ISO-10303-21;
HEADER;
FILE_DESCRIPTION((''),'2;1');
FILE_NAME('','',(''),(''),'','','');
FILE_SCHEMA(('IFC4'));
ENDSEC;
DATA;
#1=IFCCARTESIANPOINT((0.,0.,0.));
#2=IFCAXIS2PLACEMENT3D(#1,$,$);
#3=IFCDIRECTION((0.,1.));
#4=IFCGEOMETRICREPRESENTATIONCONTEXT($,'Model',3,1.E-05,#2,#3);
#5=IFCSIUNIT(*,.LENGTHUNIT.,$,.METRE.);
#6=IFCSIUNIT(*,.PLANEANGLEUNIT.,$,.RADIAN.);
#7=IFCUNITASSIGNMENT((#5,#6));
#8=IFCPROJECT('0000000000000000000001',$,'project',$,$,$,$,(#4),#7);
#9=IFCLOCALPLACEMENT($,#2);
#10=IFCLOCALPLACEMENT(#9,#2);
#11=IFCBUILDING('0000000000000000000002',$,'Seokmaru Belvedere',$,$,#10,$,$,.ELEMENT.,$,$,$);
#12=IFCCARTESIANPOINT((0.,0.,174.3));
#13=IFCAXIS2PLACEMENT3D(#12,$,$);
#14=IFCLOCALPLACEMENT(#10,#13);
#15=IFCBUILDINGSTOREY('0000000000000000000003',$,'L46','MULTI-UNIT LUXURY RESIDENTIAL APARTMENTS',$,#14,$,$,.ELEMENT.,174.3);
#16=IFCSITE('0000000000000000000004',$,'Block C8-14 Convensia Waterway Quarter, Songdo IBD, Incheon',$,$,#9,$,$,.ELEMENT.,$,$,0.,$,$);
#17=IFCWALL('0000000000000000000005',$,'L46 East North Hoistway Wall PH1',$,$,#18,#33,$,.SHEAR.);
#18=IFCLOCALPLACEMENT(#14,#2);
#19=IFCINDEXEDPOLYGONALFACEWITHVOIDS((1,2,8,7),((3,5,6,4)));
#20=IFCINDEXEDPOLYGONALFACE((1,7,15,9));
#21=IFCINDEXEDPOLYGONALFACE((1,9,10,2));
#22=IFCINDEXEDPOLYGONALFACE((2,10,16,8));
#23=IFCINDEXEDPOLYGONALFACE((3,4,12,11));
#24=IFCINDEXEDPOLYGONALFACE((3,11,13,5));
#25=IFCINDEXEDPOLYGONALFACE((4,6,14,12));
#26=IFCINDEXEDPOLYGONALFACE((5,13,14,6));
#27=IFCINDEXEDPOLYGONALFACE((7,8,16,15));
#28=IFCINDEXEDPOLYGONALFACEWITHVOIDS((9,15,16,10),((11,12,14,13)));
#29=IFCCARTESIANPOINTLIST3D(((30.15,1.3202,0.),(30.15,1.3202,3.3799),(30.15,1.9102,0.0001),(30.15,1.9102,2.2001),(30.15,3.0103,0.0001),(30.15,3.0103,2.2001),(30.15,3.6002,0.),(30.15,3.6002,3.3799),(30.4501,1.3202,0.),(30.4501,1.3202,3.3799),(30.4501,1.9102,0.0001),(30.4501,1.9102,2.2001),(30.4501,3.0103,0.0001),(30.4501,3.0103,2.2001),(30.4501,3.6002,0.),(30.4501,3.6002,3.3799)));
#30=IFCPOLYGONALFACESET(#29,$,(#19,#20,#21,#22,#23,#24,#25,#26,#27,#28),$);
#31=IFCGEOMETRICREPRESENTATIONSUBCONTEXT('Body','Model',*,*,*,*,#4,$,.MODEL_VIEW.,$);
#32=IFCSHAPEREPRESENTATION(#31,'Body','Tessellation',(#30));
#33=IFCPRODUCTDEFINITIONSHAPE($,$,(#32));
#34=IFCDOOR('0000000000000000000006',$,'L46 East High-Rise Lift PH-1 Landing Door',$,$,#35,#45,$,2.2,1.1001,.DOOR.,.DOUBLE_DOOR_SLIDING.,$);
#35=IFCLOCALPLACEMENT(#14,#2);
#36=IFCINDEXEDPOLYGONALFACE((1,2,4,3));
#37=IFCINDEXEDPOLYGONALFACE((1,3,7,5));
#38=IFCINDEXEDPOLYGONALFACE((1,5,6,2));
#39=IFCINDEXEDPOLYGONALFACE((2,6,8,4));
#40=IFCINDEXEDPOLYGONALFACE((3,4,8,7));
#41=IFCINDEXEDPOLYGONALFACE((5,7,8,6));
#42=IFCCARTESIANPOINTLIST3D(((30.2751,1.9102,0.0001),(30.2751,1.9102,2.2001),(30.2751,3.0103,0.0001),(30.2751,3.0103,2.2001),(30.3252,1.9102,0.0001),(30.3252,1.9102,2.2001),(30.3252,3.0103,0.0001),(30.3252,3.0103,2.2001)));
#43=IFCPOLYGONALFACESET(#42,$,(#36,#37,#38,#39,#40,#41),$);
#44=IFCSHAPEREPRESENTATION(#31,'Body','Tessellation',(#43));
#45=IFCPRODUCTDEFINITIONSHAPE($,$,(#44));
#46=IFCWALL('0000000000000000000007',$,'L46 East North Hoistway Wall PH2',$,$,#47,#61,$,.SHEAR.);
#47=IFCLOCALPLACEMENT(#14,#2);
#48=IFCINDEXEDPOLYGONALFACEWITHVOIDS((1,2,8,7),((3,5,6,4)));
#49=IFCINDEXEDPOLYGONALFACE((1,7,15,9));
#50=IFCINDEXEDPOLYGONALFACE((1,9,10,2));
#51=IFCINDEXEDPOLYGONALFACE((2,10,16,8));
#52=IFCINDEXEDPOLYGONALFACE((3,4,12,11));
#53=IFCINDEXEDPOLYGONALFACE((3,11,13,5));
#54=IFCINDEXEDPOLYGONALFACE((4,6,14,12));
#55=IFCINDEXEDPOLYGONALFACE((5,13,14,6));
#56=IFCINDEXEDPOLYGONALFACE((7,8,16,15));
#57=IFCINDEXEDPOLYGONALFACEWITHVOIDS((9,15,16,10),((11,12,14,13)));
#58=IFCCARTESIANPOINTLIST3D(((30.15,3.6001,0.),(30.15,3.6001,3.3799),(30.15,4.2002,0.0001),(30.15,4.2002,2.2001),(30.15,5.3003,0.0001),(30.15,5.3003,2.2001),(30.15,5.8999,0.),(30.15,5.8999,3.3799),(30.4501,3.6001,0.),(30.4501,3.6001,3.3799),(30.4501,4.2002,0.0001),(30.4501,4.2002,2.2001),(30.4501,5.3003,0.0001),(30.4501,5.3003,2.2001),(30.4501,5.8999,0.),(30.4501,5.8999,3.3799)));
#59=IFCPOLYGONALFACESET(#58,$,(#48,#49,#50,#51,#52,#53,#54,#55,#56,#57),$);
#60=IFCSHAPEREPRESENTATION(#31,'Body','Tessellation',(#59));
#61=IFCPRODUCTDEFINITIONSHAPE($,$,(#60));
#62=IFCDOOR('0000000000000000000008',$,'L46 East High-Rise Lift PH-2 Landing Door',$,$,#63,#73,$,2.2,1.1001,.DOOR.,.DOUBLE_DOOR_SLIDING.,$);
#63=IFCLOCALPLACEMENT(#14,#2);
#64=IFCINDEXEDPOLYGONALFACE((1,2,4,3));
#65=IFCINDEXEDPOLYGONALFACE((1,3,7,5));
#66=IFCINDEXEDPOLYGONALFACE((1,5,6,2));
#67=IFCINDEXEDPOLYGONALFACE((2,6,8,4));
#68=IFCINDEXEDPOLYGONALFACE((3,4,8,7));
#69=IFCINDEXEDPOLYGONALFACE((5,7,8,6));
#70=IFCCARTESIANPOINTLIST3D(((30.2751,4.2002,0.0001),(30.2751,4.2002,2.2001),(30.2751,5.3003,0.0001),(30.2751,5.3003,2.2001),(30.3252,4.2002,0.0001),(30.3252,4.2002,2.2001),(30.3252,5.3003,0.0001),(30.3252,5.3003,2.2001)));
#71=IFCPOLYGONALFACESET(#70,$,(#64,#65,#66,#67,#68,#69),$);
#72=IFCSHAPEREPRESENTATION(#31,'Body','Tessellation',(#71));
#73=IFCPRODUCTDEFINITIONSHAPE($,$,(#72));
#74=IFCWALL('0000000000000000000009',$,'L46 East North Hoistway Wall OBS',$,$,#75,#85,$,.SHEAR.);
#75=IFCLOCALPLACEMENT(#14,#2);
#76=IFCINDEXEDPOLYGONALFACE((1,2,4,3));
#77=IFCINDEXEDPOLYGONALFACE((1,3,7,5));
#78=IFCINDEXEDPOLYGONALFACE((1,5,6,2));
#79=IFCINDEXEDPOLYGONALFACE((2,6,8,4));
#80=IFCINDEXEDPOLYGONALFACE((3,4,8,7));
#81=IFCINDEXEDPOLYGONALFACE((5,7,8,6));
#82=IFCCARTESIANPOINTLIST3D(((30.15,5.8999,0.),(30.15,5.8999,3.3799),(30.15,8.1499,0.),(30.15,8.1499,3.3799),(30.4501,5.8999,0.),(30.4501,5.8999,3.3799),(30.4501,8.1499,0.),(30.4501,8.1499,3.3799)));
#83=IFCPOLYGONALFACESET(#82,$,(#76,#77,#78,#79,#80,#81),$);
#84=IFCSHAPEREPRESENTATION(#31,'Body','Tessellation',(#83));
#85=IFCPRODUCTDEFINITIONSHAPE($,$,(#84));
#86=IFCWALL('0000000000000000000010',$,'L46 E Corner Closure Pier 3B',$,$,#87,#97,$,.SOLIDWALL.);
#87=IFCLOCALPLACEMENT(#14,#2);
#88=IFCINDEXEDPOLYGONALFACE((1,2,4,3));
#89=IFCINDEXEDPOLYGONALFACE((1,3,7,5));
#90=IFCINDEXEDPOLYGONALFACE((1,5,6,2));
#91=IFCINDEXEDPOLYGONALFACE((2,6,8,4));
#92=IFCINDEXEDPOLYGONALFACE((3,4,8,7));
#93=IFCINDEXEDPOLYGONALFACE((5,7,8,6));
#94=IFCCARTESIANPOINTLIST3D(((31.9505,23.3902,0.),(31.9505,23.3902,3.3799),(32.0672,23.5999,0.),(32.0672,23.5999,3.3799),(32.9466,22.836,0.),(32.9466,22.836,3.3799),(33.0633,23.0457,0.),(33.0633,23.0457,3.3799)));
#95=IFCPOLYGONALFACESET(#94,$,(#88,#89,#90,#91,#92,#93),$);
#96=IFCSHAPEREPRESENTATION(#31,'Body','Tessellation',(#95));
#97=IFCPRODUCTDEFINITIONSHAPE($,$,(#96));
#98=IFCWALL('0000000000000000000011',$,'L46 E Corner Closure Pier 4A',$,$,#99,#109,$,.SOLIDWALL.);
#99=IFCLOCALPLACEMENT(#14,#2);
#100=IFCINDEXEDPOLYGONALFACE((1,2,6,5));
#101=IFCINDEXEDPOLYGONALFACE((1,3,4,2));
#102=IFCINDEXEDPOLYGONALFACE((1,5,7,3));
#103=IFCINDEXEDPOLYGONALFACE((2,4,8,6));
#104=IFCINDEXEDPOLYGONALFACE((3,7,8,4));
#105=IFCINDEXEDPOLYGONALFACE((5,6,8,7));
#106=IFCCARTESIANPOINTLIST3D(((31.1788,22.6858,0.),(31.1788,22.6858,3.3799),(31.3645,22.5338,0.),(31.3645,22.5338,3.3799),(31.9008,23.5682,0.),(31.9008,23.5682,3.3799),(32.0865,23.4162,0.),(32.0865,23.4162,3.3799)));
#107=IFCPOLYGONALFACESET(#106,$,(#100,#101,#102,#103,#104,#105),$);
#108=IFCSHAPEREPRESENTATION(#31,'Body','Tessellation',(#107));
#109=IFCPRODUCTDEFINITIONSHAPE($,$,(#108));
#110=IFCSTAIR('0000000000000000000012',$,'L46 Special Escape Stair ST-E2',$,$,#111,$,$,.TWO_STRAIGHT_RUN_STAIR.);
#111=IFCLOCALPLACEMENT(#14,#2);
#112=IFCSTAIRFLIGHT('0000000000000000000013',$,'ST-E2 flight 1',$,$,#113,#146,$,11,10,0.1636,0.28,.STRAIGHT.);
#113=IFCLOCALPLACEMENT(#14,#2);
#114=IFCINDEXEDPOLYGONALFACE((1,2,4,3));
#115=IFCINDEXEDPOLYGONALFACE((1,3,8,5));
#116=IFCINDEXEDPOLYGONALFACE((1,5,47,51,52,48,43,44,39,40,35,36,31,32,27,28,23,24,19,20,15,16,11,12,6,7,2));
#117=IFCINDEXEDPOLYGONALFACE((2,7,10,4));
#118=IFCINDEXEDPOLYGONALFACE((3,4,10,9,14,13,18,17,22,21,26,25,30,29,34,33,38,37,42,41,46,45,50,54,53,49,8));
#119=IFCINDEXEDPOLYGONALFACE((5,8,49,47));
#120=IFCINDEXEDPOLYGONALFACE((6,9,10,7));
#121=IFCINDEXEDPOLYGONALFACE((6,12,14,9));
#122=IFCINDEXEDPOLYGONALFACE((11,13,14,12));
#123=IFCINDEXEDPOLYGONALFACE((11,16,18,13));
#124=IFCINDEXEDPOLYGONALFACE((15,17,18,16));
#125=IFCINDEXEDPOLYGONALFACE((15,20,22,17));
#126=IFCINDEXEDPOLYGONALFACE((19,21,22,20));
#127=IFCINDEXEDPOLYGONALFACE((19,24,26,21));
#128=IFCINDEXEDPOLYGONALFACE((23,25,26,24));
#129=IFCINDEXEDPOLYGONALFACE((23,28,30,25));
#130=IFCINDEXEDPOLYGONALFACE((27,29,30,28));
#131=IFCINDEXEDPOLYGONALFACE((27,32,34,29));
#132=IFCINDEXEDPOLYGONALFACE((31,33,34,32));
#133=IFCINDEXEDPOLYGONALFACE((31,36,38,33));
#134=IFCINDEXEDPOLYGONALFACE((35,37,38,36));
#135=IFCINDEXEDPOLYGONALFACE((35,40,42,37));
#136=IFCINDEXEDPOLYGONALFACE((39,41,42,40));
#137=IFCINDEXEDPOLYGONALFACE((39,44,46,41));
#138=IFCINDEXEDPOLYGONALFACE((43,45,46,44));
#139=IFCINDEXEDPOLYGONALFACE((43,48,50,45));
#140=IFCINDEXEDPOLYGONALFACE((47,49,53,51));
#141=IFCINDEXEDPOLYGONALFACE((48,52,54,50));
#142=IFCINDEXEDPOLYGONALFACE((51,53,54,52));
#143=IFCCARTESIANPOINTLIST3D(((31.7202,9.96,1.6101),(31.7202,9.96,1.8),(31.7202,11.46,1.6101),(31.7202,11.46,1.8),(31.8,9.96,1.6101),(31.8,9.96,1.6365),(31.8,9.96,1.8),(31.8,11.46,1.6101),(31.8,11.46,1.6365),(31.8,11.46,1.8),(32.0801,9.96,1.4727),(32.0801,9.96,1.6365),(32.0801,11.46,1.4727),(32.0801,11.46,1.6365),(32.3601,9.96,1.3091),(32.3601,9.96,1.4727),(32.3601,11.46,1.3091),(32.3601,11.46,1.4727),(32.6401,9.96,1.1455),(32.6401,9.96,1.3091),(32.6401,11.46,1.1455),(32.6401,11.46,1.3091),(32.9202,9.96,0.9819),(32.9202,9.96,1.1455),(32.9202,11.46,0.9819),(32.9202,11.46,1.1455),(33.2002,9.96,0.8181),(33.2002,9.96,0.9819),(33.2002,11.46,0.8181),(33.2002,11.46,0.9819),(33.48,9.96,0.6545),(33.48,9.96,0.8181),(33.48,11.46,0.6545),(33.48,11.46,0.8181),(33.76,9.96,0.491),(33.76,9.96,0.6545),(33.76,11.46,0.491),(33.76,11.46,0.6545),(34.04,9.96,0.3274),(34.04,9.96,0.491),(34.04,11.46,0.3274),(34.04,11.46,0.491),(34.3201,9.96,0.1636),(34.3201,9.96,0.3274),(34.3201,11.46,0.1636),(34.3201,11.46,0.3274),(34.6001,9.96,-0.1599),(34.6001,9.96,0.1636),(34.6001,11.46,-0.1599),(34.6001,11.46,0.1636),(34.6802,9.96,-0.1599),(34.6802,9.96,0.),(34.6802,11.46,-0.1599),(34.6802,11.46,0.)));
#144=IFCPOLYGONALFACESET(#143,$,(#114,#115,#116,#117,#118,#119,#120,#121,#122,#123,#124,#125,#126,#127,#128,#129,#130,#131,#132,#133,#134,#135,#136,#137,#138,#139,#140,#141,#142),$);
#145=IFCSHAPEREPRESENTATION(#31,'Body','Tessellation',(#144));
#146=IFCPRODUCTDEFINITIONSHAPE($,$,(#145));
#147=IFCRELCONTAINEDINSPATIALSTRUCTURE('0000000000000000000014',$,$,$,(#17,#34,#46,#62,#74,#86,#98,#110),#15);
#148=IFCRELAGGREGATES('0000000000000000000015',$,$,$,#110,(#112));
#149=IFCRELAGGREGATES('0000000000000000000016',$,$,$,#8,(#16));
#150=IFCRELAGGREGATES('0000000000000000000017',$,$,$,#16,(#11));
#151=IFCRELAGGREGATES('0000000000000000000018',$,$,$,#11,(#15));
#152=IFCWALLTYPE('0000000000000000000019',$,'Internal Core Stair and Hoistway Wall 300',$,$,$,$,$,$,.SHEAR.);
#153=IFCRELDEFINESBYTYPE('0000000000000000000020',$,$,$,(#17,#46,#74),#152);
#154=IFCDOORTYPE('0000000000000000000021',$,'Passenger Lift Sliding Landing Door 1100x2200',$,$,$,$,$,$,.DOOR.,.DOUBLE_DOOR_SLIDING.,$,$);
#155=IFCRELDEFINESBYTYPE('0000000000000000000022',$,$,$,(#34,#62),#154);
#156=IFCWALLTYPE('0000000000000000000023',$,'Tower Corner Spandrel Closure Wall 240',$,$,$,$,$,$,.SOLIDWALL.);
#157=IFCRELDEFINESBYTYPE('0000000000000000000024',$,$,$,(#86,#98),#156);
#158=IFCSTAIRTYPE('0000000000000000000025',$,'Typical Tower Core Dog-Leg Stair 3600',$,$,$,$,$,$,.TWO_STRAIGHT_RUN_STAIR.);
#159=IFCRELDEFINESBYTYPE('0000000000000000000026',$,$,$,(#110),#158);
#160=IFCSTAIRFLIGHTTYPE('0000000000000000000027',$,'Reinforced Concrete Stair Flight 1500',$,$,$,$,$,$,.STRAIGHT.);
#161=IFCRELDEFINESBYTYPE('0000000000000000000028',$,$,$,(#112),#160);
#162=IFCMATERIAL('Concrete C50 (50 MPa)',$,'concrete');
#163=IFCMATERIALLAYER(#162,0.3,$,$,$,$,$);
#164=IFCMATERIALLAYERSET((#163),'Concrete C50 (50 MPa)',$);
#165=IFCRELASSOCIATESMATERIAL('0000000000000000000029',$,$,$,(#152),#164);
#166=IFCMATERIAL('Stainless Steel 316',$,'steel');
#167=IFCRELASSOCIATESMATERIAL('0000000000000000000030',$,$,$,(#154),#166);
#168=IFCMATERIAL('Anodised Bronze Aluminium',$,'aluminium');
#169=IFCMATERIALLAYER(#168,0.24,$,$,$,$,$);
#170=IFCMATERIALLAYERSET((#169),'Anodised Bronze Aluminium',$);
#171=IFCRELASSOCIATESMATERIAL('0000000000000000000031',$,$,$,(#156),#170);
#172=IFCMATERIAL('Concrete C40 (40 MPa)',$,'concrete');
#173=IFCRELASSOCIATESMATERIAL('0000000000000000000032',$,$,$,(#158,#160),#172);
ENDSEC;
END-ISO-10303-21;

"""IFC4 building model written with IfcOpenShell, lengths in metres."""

from ifc_helpers import new_model, si_unit, direction, frame, frame_2d, origin, place, context, subcontext, project, spatial, polyline, rectangle, outline, extrude, source, transform, mapped, material, layer, layer_set, type_object, type_shapes, element, fill, aggregate, save


model = new_model("IFC4")

# Units and contexts
model_context = context("Model", 3, precision=1e-05, world=origin(), true_north=direction((0.0, 1.0)))
body_context = subcontext(model_context, "Body", "Model", "MODEL_VIEW")
ifc_project = project(units=[si_unit("LENGTHUNIT", "METRE"), si_unit("PLANEANGLEUNIT", "RADIAN")], contexts=[model_context])

# Site, building, storey
site_placement = place(None, origin())
site = spatial("IfcSite", under=ifc_project, at=site_placement, Name="Block C8-14 Convensia Waterway Quarter, Songdo IBD, Incheon", CompositionType="ELEMENT", RefElevation=0.0)
building_placement = place(site_placement, origin())
building = spatial("IfcBuilding", under=site, at=building_placement, Name="Seokmaru Belvedere", CompositionType="ELEMENT")
storey_placement = place(building_placement, frame((0.0, 0.0, 174.3)))
storey = spatial("IfcBuildingStorey", under=building, at=storey_placement, Name="L46", Description="MULTI-UNIT LUXURY RESIDENTIAL APARTMENTS", CompositionType="ELEMENT", Elevation=174.3)

# Shared definitions
ifc_material_1 = material(Name="Anodised Bronze Aluminium", Category="aluminium")

# Walls, openings, doors
ifc_material_2 = material(Name="Concrete C50 (50 MPa)", Category="concrete")
ifc_layer_1 = layer(ifc_material_2, 0.3)
ifc_layer_set_1 = layer_set([ifc_layer_1], Name="Concrete C50 (50 MPa)")
wall_type_1 = type_object("IfcWallType", Name="Internal Core Stair and Hoistway Wall 300", PredefinedType="SHEAR", material=ifc_layer_set_1)
wall_1_placement = place(storey_placement, frame((30.3, 1.3201, 0.0), z_axis=(0.0, 0.0, 1.0), x_axis=(0.0, 1.0, 0.0)))
wall_1 = element("IfcWall", 1, at=wall_1_placement, inside=storey, type_object=wall_type_1, Name="L46 East North Hoistway Wall PH1", PredefinedType="SHEAR", context=body_context, shape_type="SweptSolid", body=[
    extrude(rectangle(XDim=2.28, YDim=0.3, at=frame_2d((1.1401, 0.0))), origin(), (0.0, 0.0, 1.0), 3.3799),
])
opening_1_placement = place(wall_1_placement, frame((0.5901, 0.0, 0.0)))
opening_1 = element("IfcOpeningElement", 2, at=opening_1_placement, cuts=wall_1, PredefinedType="OPENING", context=body_context, shape_type="SweptSolid", body=[
    extrude(rectangle(XDim=1.1001, YDim=2.2, at=frame_2d((0.55, 1.1001))), frame((0.0, 0.1602, 0.0), z_axis=(0.0, -1.0, 0.0), x_axis=(1.0, 0.0, 0.0)), (0.0, 0.0, 1.0), 0.3201),
])
ifc_material_3 = material(Name="Stainless Steel 316", Category="steel")
door_type_1 = type_object("IfcDoorType", Name="Passenger Lift Sliding Landing Door 1100x2200", OperationType="DOUBLE_DOOR_SLIDING", PredefinedType="DOOR", material=ifc_material_3)
shared_shape_1 = source(origin(), body_context, "Body", "SweptSolid", [
    extrude(rectangle(XDim=1.1001, YDim=2.2, at=frame_2d((0.55, 1.1001))), frame((0.0, 0.0249, 0.0), z_axis=(0.0, -1.0, 0.0), x_axis=(1.0, 0.0, 0.0)), (0.0, 0.0, 1.0), 0.05),
])
type_shapes(door_type_1, [shared_shape_1])
door_1_placement = place(opening_1_placement, origin())
door_1 = element("IfcDoor", 3, at=door_1_placement, inside=storey, type_object=door_type_1, Name="L46 East High-Rise Lift PH-1 Landing Door", OperationType="DOUBLE_DOOR_SLIDING", OverallHeight=2.2, OverallWidth=1.1001, PredefinedType="DOOR", context=body_context, shape_type="MappedRepresentation", body=[
    mapped(shared_shape_1, transform((0.0, 0.0, 0.0), scale=1.0)),
])
fill(opening_1, door_1)
wall_2_placement = place(storey_placement, frame((30.3, 3.6001, 0.0), z_axis=(0.0, 0.0, 1.0), x_axis=(0.0, 1.0, 0.0)))
wall_2 = element("IfcWall", 4, at=wall_2_placement, inside=storey, type_object=wall_type_1, Name="L46 East North Hoistway Wall PH2", PredefinedType="SHEAR", context=body_context, shape_type="SweptSolid", body=[
    extrude(rectangle(XDim=2.2998, YDim=0.3, at=frame_2d((1.1499, 0.0))), origin(), (0.0, 0.0, 1.0), 3.3799),
])
opening_2_placement = place(wall_2_placement, frame((0.6001, 0.0, 0.0)))
opening_2 = element("IfcOpeningElement", 5, at=opening_2_placement, cuts=wall_2, PredefinedType="OPENING", context=body_context, shape_type="SweptSolid", body=[
    extrude(rectangle(XDim=1.1001, YDim=2.2, at=frame_2d((0.55, 1.1001))), frame((0.0, 0.1602, 0.0), z_axis=(0.0, -1.0, 0.0), x_axis=(1.0, 0.0, 0.0)), (0.0, 0.0, 1.0), 0.3201),
])
door_2_placement = place(opening_2_placement, origin())
door_2 = element("IfcDoor", 6, at=door_2_placement, inside=storey, type_object=door_type_1, Name="L46 East High-Rise Lift PH-2 Landing Door", OperationType="DOUBLE_DOOR_SLIDING", OverallHeight=2.2, OverallWidth=1.1001, PredefinedType="DOOR", context=body_context, shape_type="MappedRepresentation", body=[
    mapped(shared_shape_1, transform((0.0, 0.0, 0.0), scale=1.0)),
])
fill(opening_2, door_2)

# Wall
wall_3_placement = place(storey_placement, frame((30.3, 5.8999, 0.0), z_axis=(0.0, 0.0, 1.0), x_axis=(0.0, 1.0, 0.0)))
element("IfcWall", 7, at=wall_3_placement, inside=storey, type_object=wall_type_1, Name="L46 East North Hoistway Wall OBS", PredefinedType="SHEAR", context=body_context, shape_type="SweptSolid", body=[
    extrude(rectangle(XDim=2.25, YDim=0.3, at=frame_2d((1.125, 0.0))), origin(), (0.0, 0.0, 1.0), 3.3799),
])

# Walls
ifc_layer_2 = layer(ifc_material_1, 0.24)
ifc_layer_set_2 = layer_set([ifc_layer_2], Name="Anodised Bronze Aluminium")
wall_type_2 = type_object("IfcWallType", Name="Tower Corner Spandrel Closure Wall 240", PredefinedType="SOLIDWALL", material=ifc_layer_set_2)
wall_4_placement = place(storey_placement, frame((33.0049, 22.9409, 0.0), z_axis=(0.0, 0.0, 1.0), x_axis=(-0.873854, 0.486188, 0.0)))
element("IfcWall", 8, at=wall_4_placement, inside=storey, type_object=wall_type_2, Name="L46 E Corner Closure Pier 3B", PredefinedType="SOLIDWALL", context=body_context, shape_type="SweptSolid", body=[
    extrude(rectangle(XDim=1.1399, YDim=0.24, at=frame_2d((0.5698, 0.0))), origin(), (0.0, 0.0, 1.0), 3.3799),
])
wall_5_placement = place(storey_placement, frame((31.9937, 23.4922, 0.0), z_axis=(0.0, 0.0, 1.0), x_axis=(-0.633249, -0.773948, 0.0)))
element("IfcWall", 9, at=wall_5_placement, inside=storey, type_object=wall_type_2, Name="L46 E Corner Closure Pier 4A", PredefinedType="SOLIDWALL", context=body_context, shape_type="SweptSolid", body=[
    extrude(rectangle(XDim=1.1401, YDim=0.24, at=frame_2d((0.5701, 0.0))), origin(), (0.0, 0.0, 1.0), 3.3799),
])

# Stair, stair flight
ifc_material_4 = material(Name="Concrete C40 (40 MPa)", Category="concrete")
stair_type = type_object("IfcStairType", Name="Typical Tower Core Dog-Leg Stair 3600", PredefinedType="TWO_STRAIGHT_RUN_STAIR", material=ifc_material_4)
stair_placement = place(storey_placement, origin())
stair = element("IfcStair", 10, at=stair_placement, inside=storey, type_object=stair_type, Name="L46 Special Escape Stair ST-E2", PredefinedType="TWO_STRAIGHT_RUN_STAIR")
stair_flight_type = type_object("IfcStairFlightType", Name="Reinforced Concrete Stair Flight 1500", PredefinedType="STRAIGHT", material=ifc_material_4)
stair_flight_1_placement = place(storey_placement, frame((34.6001, 10.71, 0.0), z_axis=(0.0, 0.0, 1.0), x_axis=(-1.0, 0.0, 0.0)))
stair_flight_1 = element("IfcStairFlight", 11, at=stair_flight_1_placement, type_object=stair_flight_type, Name="ST-E2 flight 1", NumberOfRisers=11, NumberOfTreads=10, PredefinedType="STRAIGHT", RiserHeight=0.1636, TreadLength=0.28, context=body_context, shape_type="SweptSolid", body=[
    extrude(outline(polyline([(-0.0801, 0.0), (0.0, 0.1636), (0.28, 0.1636), (0.28, 0.3274), (0.5601, 0.3274), (0.5601, 0.491), (0.8401, 0.491), (0.8401, 0.6545), (1.1201, 0.6545), (1.1201, 0.8181), (1.3999, 0.8181), (1.3999, 0.9819), (1.6799, 0.9819), (1.6799, 1.1455), (1.96, 1.1455), (1.96, 1.3091), (2.24, 1.3091), (2.24, 1.4727), (2.52, 1.4727), (2.52, 1.6365), (2.8, 1.6365), (2.8, 1.8), (2.8799, 1.8), (2.8799, 1.6101), (2.8, 1.6101), (0.0, -0.1599), (-0.0801, -0.1599), (-0.0801, 0.0)])), frame((0.0, 0.75, 0.0), z_axis=(0.0, -1.0, 0.0), x_axis=(1.0, 0.0, 0.0)), (0.0, 0.0, 1.0), 1.5),
])
aggregate(stair, [stair_flight_1])

save(model, "model.ifc")
